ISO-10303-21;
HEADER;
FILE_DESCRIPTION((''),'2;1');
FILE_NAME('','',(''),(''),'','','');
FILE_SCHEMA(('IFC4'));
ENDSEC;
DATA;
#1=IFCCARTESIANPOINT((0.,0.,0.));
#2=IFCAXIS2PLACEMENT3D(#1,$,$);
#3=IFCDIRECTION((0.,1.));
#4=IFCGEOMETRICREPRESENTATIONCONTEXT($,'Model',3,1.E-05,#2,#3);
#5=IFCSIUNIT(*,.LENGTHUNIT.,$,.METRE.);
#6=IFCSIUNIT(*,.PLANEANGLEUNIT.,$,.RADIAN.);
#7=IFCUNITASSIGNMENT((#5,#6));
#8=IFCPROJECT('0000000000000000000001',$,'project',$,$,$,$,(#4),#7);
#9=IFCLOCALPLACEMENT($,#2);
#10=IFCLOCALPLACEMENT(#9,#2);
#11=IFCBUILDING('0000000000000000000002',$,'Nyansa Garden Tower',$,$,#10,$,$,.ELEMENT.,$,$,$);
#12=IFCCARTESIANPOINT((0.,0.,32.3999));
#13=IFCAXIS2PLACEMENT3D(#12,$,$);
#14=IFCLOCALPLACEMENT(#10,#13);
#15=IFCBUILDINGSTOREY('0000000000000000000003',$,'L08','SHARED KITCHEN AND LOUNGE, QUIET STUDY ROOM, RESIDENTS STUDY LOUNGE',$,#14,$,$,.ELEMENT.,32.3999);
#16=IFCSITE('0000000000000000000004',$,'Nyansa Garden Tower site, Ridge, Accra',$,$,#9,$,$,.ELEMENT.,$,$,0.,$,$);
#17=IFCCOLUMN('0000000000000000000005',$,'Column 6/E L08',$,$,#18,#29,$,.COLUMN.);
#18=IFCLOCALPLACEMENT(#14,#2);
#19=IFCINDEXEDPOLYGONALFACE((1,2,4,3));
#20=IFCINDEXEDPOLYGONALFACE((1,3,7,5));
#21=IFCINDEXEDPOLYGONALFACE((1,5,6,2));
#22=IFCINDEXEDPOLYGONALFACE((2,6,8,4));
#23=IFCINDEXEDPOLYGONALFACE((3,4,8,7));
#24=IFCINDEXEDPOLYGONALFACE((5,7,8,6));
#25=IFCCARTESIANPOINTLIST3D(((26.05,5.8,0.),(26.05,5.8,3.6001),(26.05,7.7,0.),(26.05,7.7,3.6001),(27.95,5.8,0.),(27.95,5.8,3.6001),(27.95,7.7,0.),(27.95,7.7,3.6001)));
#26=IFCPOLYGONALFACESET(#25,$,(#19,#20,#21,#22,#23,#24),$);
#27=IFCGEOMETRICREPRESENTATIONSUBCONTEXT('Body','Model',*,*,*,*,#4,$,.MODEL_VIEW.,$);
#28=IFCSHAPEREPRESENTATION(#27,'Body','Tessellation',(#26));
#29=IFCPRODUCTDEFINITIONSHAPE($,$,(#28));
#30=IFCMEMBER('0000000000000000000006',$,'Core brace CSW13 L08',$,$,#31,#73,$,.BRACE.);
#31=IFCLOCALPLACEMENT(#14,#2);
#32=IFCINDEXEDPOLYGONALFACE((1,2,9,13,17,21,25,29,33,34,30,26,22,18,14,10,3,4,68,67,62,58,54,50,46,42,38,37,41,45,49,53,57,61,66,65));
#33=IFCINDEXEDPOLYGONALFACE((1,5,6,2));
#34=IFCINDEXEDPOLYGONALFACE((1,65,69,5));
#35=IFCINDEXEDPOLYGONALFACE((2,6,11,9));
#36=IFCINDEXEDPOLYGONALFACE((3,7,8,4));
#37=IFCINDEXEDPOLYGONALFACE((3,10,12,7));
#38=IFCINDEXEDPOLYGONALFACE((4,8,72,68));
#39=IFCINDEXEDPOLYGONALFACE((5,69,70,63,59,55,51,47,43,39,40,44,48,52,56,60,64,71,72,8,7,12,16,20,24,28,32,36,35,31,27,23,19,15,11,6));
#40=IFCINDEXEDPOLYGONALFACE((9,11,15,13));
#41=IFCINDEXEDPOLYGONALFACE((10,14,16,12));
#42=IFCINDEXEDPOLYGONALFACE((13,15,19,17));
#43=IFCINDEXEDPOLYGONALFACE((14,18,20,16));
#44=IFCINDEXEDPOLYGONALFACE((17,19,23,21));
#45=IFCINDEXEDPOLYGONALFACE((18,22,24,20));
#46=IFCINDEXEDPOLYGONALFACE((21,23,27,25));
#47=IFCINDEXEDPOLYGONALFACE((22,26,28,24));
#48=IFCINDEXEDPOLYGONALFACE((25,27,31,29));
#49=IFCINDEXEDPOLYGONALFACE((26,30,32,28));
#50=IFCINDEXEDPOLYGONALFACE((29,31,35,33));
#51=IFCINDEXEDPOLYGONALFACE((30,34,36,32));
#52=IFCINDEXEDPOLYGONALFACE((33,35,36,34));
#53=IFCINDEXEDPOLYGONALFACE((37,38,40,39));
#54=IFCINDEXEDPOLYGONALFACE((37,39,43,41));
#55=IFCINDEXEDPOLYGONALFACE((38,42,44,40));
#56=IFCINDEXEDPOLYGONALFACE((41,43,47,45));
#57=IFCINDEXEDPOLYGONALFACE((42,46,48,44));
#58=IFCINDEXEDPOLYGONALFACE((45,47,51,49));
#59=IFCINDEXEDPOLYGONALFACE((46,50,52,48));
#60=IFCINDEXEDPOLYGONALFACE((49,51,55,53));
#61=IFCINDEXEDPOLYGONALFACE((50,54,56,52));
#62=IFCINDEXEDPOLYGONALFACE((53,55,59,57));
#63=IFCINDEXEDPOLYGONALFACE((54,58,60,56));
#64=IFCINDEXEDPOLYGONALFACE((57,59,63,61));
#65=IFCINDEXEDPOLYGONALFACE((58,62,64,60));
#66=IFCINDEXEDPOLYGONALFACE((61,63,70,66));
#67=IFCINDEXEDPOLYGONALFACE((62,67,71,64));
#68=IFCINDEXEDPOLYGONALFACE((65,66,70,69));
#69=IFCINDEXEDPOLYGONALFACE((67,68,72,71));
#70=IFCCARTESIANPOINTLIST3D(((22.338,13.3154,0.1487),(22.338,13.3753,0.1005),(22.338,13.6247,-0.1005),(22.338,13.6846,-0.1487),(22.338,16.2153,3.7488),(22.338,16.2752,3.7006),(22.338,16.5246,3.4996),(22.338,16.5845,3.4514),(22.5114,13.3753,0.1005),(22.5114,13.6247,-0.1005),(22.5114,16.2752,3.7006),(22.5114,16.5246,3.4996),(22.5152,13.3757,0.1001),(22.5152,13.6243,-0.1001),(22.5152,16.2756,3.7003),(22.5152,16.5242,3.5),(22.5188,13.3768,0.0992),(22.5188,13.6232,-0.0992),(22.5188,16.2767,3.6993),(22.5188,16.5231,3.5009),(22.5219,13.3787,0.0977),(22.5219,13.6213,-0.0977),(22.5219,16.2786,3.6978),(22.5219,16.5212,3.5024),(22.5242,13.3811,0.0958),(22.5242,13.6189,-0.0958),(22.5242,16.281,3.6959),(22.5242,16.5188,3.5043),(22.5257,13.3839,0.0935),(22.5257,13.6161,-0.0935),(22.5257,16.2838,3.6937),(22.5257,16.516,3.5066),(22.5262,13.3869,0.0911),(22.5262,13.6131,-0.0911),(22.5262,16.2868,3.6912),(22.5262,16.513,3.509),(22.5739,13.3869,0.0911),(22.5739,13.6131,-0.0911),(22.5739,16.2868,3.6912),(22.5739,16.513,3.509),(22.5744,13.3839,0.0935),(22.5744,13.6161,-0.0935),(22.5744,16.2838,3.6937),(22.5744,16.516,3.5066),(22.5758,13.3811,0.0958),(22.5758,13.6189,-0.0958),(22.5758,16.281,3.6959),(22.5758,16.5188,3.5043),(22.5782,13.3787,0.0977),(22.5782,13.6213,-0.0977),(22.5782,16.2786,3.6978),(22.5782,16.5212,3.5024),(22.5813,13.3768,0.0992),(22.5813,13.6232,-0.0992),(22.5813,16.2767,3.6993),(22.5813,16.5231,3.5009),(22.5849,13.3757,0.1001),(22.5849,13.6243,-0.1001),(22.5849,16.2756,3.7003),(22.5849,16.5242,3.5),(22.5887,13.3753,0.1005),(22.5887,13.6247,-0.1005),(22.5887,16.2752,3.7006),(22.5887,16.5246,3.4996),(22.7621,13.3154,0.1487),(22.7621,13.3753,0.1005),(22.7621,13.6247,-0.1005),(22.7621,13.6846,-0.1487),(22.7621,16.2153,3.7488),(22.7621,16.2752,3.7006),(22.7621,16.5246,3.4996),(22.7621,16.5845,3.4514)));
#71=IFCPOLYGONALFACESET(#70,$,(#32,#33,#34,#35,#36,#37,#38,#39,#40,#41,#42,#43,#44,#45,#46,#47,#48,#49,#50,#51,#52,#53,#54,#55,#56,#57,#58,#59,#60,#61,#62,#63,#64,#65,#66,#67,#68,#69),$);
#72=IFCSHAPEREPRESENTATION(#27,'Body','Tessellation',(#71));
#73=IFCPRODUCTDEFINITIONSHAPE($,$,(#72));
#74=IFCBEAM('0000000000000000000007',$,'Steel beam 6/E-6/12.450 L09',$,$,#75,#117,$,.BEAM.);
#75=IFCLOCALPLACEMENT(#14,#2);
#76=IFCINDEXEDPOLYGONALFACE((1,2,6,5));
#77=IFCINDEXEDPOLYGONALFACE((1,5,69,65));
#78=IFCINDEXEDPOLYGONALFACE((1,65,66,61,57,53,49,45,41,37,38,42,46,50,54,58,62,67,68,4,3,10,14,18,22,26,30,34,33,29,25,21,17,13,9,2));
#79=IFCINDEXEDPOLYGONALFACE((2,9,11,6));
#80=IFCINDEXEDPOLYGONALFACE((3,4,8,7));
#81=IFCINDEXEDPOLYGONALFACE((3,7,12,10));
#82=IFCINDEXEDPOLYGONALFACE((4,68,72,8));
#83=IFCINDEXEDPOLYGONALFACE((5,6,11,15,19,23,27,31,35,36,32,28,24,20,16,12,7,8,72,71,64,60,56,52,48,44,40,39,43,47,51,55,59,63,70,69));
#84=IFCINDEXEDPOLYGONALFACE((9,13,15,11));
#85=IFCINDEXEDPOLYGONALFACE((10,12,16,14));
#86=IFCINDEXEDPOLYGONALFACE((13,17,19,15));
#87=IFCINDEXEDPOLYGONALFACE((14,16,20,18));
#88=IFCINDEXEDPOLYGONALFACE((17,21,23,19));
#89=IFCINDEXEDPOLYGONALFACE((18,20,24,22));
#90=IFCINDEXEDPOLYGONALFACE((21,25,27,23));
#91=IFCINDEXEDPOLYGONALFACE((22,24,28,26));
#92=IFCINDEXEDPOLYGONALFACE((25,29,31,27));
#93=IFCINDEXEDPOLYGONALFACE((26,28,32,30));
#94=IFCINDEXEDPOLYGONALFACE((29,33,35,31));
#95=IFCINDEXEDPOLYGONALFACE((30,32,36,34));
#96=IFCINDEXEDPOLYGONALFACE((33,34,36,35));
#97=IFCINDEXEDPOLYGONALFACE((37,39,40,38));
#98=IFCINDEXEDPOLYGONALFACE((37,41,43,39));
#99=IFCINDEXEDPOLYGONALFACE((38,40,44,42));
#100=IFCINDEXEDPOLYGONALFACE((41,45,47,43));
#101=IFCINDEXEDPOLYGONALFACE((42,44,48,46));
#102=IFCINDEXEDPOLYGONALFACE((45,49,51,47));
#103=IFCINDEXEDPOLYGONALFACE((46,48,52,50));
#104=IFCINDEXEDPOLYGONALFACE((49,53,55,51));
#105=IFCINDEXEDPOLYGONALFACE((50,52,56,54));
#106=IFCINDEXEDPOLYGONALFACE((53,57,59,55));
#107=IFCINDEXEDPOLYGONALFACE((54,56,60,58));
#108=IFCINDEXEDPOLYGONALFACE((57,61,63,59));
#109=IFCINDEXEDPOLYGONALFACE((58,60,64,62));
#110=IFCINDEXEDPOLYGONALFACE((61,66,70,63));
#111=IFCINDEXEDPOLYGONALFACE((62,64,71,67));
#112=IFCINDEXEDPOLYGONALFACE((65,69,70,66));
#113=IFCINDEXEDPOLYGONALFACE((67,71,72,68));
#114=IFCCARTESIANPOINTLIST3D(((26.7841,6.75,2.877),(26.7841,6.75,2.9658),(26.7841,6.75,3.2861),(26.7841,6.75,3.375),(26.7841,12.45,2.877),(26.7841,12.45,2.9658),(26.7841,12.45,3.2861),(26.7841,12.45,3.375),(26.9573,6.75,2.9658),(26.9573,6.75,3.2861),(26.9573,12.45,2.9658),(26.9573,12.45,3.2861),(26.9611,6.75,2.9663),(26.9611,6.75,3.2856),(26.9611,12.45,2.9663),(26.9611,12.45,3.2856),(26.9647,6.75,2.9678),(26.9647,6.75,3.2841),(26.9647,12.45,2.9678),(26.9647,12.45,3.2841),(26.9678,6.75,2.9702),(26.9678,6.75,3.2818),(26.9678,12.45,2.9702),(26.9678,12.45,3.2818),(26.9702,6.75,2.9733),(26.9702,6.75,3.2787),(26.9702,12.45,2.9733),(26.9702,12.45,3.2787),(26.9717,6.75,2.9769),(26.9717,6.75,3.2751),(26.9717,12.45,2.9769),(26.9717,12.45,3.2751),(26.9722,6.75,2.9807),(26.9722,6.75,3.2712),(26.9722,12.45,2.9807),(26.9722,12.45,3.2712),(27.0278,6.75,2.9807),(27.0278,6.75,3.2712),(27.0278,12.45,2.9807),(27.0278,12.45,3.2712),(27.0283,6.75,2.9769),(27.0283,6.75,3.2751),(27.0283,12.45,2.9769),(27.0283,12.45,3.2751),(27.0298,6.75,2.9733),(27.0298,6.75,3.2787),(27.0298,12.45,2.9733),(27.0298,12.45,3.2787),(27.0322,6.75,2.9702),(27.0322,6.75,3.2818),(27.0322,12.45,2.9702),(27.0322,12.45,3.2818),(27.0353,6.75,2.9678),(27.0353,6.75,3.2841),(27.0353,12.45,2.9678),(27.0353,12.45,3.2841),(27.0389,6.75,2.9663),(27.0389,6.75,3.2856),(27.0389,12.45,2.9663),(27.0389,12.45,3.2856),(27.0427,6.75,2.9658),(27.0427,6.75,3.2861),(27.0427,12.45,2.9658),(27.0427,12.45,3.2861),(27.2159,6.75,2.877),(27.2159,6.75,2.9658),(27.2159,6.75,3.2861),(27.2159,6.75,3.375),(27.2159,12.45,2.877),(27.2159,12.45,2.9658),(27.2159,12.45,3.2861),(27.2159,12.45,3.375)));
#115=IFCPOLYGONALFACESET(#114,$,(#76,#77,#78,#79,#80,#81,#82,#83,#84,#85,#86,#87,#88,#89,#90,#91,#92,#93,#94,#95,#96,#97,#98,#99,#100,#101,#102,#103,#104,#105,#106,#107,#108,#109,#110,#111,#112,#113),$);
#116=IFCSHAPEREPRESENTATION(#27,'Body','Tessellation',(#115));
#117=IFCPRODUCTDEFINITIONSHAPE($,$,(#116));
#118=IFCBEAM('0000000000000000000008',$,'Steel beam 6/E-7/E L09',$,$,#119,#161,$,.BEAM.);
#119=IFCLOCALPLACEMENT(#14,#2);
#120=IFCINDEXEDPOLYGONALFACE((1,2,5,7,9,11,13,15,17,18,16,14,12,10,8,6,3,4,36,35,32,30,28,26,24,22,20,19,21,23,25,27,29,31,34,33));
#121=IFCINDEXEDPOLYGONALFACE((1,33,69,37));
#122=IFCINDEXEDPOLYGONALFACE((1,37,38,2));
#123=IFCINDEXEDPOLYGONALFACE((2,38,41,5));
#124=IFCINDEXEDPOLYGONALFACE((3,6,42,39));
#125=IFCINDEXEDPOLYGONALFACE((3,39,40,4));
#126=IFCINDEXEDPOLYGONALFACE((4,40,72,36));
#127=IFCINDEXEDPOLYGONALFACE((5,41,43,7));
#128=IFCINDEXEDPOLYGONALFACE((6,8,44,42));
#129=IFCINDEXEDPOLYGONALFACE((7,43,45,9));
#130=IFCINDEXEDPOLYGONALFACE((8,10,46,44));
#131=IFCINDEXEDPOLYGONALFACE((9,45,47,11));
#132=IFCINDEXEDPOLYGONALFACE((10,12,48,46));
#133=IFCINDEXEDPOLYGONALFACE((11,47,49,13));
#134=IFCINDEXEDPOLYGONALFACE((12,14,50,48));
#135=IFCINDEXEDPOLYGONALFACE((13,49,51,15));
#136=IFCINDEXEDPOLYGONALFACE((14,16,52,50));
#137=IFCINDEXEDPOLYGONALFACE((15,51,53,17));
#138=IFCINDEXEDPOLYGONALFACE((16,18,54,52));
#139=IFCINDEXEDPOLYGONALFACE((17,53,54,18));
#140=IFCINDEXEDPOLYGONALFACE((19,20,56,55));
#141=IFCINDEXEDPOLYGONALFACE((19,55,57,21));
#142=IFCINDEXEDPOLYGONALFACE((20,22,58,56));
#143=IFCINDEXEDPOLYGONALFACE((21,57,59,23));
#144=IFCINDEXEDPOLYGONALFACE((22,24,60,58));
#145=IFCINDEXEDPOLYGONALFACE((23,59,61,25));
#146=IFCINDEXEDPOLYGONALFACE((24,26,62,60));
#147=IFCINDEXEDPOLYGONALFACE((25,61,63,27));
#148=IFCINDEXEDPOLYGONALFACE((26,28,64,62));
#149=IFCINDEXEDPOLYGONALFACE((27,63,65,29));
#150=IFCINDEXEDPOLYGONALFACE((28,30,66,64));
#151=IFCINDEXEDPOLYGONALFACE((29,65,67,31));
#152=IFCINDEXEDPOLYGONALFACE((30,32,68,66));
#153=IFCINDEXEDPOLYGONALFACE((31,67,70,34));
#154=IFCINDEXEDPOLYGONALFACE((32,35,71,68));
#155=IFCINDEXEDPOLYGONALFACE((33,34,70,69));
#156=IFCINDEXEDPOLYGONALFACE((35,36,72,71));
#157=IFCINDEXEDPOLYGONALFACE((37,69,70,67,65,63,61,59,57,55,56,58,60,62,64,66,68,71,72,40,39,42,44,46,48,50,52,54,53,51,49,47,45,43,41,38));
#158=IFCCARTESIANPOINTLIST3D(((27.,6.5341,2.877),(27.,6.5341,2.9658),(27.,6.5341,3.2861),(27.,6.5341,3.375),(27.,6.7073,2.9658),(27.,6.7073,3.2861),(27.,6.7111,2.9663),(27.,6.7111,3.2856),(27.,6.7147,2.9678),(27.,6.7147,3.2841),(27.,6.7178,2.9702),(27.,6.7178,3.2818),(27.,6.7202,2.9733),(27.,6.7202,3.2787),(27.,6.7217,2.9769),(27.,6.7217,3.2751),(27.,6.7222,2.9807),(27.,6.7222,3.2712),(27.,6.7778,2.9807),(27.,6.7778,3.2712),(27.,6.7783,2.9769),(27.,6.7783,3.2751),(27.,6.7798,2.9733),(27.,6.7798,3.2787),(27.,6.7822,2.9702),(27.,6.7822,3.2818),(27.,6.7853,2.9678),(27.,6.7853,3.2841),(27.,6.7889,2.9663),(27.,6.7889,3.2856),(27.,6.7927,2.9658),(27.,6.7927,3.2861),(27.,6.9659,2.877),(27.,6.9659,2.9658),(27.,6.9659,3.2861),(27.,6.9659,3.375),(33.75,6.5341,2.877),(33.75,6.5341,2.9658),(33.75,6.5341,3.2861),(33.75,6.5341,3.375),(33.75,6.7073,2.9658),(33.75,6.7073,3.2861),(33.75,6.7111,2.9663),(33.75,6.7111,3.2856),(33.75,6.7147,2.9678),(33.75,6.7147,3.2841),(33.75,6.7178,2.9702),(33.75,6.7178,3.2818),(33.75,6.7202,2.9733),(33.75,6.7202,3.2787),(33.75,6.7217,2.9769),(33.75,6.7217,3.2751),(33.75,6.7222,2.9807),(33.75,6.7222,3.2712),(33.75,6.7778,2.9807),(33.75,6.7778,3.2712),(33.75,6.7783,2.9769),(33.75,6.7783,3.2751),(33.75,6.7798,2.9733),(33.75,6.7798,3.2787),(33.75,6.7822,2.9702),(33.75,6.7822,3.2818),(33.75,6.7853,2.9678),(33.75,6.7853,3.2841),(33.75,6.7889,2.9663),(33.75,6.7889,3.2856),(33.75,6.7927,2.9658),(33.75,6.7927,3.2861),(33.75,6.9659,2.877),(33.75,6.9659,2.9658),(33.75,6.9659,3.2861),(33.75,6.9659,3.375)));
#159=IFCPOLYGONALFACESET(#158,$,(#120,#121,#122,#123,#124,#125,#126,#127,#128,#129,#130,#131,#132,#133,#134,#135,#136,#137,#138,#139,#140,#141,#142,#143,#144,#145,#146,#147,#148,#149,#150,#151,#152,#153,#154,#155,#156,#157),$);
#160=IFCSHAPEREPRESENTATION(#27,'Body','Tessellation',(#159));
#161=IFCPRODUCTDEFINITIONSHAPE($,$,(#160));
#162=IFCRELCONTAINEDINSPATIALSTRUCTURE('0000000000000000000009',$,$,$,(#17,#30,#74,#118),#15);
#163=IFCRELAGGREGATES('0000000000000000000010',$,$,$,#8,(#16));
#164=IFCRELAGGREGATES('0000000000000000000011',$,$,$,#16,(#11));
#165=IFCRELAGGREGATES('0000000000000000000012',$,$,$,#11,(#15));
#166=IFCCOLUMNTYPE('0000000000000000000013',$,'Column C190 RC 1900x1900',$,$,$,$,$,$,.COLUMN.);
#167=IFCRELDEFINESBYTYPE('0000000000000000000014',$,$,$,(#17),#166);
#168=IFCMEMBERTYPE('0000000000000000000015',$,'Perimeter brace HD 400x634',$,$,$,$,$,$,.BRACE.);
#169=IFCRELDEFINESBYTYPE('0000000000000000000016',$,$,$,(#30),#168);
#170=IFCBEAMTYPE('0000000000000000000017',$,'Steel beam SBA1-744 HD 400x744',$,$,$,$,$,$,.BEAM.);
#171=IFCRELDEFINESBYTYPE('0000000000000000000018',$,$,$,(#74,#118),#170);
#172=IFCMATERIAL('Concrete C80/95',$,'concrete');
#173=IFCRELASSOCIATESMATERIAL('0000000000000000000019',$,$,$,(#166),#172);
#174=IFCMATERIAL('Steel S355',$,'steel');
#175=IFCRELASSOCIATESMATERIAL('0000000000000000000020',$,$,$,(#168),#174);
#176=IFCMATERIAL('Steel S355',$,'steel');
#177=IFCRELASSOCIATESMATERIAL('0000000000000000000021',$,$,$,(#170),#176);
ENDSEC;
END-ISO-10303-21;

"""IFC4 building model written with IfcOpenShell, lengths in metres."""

from ifc_helpers import new_model, si_unit, direction, frame, origin, origin_2d, place, context, subcontext, project, spatial, rectangle, i_section, extrude, material, material_profile, profile_set, type_object, element, save


model = new_model("IFC4")

# Units and contexts
model_context = context("Model", 3, precision=1e-05, world=origin(), true_north=direction((0.0, 1.0)))
body_context = subcontext(model_context, "Body", "Model", "MODEL_VIEW")
ifc_project = project(units=[si_unit("LENGTHUNIT", "METRE"), si_unit("PLANEANGLEUNIT", "RADIAN")], contexts=[model_context])

# Site, building, storey
site_placement = place(None, origin())
site = spatial("IfcSite", under=ifc_project, at=site_placement, Name="Nyansa Garden Tower site, Ridge, Accra", CompositionType="ELEMENT", RefElevation=0.0)
building_placement = place(site_placement, origin())
building = spatial("IfcBuilding", under=site, at=building_placement, Name="Nyansa Garden Tower", CompositionType="ELEMENT")
storey_placement = place(building_placement, frame((0.0, 0.0, 32.3999)))
storey = spatial("IfcBuildingStorey", under=building, at=storey_placement, Name="L08", Description="SHARED KITCHEN AND LOUNGE, QUIET STUDY ROOM, RESIDENTS STUDY LOUNGE", CompositionType="ELEMENT", Elevation=32.3999)

# Column
ifc_material_1 = material(Name="Concrete C80/95", Category="concrete")
ifc_material_profile_1 = material_profile(ifc_material_1, rectangle(XDim=1.8999, YDim=1.8999, at=origin_2d()), Name="RC 1900x1900")
ifc_profile_set_1 = profile_set([ifc_material_profile_1], Name="Concrete C80/95")
column_type = type_object("IfcColumnType", Name="Column C190 RC 1900x1900", PredefinedType="COLUMN", material=ifc_profile_set_1)
column_placement = place(storey_placement, frame((27.0, 6.75, 0.0), z_axis=(0.0, 0.0, 1.0), x_axis=(1.0, 0.0, 0.0)))
element("IfcColumn", 1, at=column_placement, inside=storey, type_object=column_type, Name="Column 6/E L08", PredefinedType="COLUMN", context=body_context, shape_type="SweptSolid", body=[
    extrude(rectangle(XDim=1.8999, YDim=1.8999, at=origin_2d()), origin(), (0.0, 0.0, 1.0), 3.6001),
])

# Member
ifc_material_2 = material(Name="Steel S355", Category="steel")
ifc_material_profile_2 = material_profile(ifc_material_2, i_section(OverallWidth=0.4241, OverallDepth=0.4741, WebThickness=0.0476, FlangeThickness=0.0769, FilletRadius=0.0149, at=origin_2d()), Name="HD 400x634")
ifc_profile_set_2 = profile_set([ifc_material_profile_2], Name="Steel S355")
member_type = type_object("IfcMemberType", Name="Perimeter brace HD 400x634", PredefinedType="BRACE", material=ifc_profile_set_2)
member_placement = place(storey_placement, frame((22.55, 13.5, 0.0), z_axis=(0.0, 0.627306, 0.778773), x_axis=(-1.0, 0.0, 0.0)))
element("IfcMember", 2, at=member_placement, inside=storey, type_object=member_type, Name="Core brace CSW13 L08", PredefinedType="BRACE", context=body_context, shape_type="SweptSolid", body=[
    extrude(i_section(OverallWidth=0.4241, OverallDepth=0.4741, WebThickness=0.0476, FlangeThickness=0.0769, FilletRadius=0.0149, at=origin_2d()), origin(), (0.0, 0.0, 1.0), 4.6228),
])

# Beams
ifc_material_3 = material(Name="Steel S355", Category="steel")
ifc_material_profile_3 = material_profile(ifc_material_3, i_section(OverallWidth=0.4319, OverallDepth=0.498, WebThickness=0.0557, FlangeThickness=0.0889, FilletRadius=0.0149, at=origin_2d()), Name="HD 400x744")
ifc_profile_set_3 = profile_set([ifc_material_profile_3], Name="Steel S355")
beam_type_1 = type_object("IfcBeamType", Name="Steel beam SBA1-744 HD 400x744", PredefinedType="BEAM", material=ifc_profile_set_3)
beam_1_placement = place(storey_placement, frame((27.0, 6.75, 3.126), z_axis=(0.0, 1.0, 0.0), x_axis=(-1.0, 0.0, 0.0)))
element("IfcBeam", 3, at=beam_1_placement, inside=storey, type_object=beam_type_1, Name="Steel beam 6/E-6/12.450 L09", PredefinedType="BEAM", context=body_context, shape_type="SweptSolid", body=[
    extrude(i_section(OverallWidth=0.4319, OverallDepth=0.498, WebThickness=0.0557, FlangeThickness=0.0889, FilletRadius=0.0149, at=origin_2d()), origin(), (0.0, 0.0, 1.0), 5.7),
])
beam_2_placement = place(storey_placement, frame((27.0, 6.75, 3.126), z_axis=(1.0, 0.0, 0.0), x_axis=(0.0, 1.0, 0.0)))
element("IfcBeam", 4, at=beam_2_placement, inside=storey, type_object=beam_type_1, Name="Steel beam 6/E-7/E L09", PredefinedType="BEAM", context=body_context, shape_type="SweptSolid", body=[
    extrude(i_section(OverallWidth=0.4319, OverallDepth=0.498, WebThickness=0.0557, FlangeThickness=0.0889, FilletRadius=0.0149, at=origin_2d()), origin(), (0.0, 0.0, 1.0), 6.75),
])

save(model, "model.ifc")
